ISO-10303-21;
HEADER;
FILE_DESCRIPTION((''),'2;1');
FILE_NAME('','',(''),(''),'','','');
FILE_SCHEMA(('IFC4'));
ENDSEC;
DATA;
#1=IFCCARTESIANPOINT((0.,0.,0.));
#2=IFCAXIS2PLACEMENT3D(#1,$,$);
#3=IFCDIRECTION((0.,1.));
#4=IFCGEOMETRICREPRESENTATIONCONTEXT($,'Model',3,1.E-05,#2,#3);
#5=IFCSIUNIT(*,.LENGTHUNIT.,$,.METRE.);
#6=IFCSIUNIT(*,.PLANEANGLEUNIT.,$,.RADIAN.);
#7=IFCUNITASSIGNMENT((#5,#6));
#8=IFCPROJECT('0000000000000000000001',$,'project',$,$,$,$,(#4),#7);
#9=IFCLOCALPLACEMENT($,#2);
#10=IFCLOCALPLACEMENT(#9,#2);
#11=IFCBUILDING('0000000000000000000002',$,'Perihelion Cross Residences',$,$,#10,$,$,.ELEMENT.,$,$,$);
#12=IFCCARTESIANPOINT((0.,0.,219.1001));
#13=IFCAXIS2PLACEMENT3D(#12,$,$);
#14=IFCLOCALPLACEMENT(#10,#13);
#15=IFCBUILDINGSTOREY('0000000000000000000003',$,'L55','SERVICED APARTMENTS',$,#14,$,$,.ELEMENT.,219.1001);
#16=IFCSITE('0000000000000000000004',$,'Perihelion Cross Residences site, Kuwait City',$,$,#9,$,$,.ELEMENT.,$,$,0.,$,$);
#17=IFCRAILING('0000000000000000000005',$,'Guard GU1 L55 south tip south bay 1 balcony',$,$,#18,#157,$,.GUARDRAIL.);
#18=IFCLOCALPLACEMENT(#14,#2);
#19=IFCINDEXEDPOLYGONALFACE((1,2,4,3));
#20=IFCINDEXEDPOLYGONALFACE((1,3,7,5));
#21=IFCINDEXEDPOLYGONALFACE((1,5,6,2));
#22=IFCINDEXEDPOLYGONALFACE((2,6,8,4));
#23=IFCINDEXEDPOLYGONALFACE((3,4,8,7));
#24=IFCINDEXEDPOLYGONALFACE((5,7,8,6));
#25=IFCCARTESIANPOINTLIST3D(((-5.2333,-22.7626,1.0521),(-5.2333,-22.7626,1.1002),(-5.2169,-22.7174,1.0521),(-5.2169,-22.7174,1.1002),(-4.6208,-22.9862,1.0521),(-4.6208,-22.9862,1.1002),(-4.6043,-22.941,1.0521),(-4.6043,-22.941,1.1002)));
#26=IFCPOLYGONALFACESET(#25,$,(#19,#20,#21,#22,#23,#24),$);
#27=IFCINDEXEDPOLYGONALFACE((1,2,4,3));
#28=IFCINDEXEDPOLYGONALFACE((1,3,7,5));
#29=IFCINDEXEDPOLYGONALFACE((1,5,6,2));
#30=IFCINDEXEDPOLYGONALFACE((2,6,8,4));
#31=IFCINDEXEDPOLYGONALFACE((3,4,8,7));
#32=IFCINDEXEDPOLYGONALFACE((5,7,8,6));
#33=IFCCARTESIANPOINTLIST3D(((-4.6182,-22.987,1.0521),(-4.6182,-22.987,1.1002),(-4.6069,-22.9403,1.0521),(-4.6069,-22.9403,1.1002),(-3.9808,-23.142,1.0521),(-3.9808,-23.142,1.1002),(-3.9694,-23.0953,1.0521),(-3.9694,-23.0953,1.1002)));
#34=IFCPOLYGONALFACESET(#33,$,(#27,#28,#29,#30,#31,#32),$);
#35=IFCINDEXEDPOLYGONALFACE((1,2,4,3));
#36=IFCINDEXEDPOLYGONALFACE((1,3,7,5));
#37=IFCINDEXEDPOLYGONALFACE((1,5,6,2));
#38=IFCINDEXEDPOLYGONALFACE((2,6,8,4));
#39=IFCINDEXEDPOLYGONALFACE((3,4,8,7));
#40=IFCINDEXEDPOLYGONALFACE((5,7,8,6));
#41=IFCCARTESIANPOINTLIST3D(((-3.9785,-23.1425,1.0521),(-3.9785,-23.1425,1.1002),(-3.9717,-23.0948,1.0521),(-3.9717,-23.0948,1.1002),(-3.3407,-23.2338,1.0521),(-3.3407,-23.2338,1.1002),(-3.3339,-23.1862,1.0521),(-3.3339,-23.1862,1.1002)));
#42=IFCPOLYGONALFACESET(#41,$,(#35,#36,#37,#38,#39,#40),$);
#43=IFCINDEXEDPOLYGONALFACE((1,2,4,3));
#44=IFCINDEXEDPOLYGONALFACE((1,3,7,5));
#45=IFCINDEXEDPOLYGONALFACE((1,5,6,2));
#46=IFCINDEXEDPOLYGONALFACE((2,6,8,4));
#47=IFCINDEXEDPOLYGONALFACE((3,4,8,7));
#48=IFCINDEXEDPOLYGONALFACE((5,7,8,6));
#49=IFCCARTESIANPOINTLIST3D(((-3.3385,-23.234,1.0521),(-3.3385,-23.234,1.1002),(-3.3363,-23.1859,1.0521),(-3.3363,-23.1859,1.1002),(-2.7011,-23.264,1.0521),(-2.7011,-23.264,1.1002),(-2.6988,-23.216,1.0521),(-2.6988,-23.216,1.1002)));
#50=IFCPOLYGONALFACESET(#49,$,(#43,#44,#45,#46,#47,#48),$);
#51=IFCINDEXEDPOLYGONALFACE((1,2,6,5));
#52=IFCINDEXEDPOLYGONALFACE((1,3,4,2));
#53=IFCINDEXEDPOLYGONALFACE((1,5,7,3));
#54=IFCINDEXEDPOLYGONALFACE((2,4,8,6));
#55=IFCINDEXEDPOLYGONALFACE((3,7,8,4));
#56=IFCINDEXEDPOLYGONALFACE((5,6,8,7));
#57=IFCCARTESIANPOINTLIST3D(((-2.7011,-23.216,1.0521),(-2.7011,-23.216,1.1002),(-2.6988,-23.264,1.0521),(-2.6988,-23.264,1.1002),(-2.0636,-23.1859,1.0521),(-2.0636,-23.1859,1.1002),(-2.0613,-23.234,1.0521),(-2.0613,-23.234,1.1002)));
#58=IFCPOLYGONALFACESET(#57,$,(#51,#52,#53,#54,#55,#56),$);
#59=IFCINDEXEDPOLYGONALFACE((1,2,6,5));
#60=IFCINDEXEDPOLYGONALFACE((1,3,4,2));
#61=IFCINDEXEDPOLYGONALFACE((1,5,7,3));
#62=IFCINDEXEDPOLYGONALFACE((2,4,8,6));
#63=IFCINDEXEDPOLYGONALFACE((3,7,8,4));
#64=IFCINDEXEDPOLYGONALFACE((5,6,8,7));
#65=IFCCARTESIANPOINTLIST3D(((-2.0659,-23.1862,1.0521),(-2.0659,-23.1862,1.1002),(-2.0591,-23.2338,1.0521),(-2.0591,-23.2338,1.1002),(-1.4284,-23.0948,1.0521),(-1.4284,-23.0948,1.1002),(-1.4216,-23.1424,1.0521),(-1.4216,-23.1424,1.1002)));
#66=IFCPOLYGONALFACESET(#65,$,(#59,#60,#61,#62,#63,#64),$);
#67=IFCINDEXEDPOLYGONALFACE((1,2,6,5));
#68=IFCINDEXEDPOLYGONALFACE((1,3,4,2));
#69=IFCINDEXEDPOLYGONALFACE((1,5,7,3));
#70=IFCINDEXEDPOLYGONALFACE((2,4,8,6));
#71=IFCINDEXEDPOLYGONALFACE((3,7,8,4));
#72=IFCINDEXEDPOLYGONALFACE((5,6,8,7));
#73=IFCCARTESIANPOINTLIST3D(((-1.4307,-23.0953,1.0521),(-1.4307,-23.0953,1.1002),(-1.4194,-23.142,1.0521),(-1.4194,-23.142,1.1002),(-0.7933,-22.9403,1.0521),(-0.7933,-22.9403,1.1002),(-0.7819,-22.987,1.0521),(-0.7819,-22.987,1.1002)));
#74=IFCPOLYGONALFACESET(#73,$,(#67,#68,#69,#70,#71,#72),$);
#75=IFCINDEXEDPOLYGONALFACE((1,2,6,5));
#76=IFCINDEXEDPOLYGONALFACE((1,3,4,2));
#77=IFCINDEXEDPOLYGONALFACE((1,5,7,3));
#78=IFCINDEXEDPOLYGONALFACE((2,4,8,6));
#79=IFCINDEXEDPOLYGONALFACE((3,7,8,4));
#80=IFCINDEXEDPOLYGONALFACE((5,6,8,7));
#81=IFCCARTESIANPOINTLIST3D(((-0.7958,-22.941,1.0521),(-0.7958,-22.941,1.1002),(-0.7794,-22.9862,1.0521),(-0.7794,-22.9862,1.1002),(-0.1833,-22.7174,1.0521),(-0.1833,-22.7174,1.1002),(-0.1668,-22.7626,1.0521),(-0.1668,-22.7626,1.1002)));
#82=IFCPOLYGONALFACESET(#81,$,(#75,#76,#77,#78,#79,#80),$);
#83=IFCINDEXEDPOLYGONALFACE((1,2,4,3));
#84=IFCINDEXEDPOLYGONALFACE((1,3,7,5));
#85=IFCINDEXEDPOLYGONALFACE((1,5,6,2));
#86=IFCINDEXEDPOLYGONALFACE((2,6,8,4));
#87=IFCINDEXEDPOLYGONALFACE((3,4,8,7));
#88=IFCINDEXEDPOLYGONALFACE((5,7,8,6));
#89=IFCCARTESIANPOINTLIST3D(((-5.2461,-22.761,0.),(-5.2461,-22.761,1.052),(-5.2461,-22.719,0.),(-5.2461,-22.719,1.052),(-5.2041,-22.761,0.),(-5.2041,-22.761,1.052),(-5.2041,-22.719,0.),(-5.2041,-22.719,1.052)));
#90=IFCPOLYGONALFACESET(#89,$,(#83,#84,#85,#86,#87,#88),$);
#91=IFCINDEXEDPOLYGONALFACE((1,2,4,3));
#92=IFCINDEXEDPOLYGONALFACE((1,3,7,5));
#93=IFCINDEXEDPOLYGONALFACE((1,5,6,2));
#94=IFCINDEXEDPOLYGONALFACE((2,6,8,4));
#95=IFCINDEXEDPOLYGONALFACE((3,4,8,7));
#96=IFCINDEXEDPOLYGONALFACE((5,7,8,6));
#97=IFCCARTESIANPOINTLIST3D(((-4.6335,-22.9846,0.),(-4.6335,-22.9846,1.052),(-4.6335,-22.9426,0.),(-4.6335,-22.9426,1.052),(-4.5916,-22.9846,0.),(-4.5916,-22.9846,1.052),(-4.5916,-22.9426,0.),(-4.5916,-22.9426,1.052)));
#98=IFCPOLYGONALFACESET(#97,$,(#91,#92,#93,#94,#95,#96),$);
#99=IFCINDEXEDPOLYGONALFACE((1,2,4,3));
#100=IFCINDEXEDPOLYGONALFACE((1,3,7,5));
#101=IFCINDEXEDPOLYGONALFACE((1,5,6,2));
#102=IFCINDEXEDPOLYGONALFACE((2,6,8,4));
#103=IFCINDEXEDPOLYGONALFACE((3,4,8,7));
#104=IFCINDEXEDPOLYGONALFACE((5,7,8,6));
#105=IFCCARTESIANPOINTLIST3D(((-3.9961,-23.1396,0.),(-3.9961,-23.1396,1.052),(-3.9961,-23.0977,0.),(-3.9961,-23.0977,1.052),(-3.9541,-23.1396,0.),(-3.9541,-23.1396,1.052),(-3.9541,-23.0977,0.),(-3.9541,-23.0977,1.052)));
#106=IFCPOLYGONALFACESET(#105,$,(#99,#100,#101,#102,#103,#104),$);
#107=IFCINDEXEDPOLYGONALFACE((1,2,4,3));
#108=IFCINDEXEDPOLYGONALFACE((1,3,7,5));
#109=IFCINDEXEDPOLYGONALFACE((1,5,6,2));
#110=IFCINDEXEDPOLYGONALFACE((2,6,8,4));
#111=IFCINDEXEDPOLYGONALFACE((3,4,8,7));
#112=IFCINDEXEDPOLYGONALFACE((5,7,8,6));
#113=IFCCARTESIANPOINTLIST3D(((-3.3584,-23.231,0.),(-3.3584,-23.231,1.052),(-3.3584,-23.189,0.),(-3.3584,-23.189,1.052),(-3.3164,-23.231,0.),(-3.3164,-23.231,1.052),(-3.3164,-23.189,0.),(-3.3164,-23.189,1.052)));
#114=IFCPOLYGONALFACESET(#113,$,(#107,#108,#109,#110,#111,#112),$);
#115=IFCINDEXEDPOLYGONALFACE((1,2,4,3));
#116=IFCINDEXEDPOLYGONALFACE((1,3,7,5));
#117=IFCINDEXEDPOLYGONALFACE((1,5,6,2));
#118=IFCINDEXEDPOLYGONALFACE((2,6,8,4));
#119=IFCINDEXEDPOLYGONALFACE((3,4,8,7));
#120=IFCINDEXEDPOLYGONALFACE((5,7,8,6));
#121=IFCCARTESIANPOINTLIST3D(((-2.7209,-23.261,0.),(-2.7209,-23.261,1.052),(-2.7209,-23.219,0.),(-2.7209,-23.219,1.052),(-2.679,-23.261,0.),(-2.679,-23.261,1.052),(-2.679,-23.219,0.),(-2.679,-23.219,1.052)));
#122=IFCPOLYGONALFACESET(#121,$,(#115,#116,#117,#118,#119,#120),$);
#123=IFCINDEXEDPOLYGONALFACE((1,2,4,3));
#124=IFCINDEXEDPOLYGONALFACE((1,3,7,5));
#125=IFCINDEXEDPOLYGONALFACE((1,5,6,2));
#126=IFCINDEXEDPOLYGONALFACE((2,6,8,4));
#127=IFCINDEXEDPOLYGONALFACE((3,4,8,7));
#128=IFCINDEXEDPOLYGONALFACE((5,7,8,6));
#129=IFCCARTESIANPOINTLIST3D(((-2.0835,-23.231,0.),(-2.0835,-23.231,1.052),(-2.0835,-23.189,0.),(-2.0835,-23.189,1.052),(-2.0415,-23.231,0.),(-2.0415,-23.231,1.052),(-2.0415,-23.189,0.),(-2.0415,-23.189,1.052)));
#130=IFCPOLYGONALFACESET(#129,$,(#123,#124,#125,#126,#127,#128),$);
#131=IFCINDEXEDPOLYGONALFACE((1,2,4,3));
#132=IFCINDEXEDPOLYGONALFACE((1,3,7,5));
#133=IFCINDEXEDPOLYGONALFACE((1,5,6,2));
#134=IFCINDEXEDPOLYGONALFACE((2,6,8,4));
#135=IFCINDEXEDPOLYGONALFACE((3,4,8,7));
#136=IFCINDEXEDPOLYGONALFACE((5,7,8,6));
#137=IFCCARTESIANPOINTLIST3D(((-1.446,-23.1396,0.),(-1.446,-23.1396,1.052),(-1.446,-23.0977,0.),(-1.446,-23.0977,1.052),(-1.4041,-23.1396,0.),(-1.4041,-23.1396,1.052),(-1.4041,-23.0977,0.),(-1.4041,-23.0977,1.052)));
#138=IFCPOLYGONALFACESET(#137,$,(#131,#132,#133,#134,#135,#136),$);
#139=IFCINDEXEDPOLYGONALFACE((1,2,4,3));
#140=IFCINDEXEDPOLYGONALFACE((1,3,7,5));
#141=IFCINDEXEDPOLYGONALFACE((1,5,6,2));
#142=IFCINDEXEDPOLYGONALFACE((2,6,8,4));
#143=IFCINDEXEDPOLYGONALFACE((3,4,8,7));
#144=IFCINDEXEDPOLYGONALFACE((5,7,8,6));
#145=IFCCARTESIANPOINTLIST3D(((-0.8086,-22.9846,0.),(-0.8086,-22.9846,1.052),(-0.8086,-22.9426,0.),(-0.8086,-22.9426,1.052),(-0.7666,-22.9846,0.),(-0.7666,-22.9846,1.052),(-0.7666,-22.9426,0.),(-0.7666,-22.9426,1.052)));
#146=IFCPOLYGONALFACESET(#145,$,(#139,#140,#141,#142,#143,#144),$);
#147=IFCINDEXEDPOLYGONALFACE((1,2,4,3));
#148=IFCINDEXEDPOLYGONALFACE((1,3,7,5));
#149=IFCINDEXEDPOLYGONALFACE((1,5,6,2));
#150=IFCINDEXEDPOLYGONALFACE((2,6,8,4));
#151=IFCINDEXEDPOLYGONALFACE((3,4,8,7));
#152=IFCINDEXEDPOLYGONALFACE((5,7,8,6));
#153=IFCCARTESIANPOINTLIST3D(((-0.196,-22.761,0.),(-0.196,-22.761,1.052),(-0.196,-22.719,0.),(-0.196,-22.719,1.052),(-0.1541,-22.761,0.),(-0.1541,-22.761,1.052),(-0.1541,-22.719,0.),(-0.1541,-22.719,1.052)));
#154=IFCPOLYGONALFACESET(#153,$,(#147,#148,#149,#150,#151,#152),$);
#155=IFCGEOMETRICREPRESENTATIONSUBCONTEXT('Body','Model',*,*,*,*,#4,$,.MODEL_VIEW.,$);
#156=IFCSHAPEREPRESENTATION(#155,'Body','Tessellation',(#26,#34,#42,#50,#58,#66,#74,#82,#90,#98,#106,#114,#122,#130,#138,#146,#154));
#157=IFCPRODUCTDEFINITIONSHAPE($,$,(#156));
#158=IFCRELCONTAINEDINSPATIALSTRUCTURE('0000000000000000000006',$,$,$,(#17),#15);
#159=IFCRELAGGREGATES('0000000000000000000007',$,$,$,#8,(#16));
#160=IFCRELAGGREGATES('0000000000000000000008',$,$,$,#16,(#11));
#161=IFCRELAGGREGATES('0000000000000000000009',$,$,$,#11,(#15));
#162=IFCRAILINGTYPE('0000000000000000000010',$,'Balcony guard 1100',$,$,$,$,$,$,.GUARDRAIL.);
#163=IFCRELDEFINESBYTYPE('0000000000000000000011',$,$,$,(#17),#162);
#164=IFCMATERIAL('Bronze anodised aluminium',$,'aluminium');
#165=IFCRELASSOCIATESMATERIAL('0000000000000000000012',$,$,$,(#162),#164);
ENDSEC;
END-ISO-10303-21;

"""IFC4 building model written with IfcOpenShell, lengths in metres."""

from ifc_helpers import new_model, si_unit, direction, frame, origin, origin_2d, place, context, subcontext, project, spatial, rectangle, extrude, material, type_object, element, save


model = new_model("IFC4")

# Units and contexts
model_context = context("Model", 3, precision=1e-05, world=origin(), true_north=direction((0.0, 1.0)))
body_context = subcontext(model_context, "Body", "Model", "MODEL_VIEW")
ifc_project = project(units=[si_unit("LENGTHUNIT", "METRE"), si_unit("PLANEANGLEUNIT", "RADIAN")], contexts=[model_context])

# Site, building, storey
site_placement = place(None, origin())
site = spatial("IfcSite", under=ifc_project, at=site_placement, Name="Perihelion Cross Residences site, Kuwait City", CompositionType="ELEMENT", RefElevation=0.0)
building_placement = place(site_placement, origin())
building = spatial("IfcBuilding", under=site, at=building_placement, Name="Perihelion Cross Residences", CompositionType="ELEMENT")
storey_placement = place(building_placement, frame((0.0, 0.0, 219.1001)))
storey = spatial("IfcBuildingStorey", under=building, at=storey_placement, Name="L55", Description="SERVICED APARTMENTS", CompositionType="ELEMENT", Elevation=219.1001)

# Railing
ifc_material_1 = material(Name="Bronze anodised aluminium", Category="aluminium")
railing_type = type_object("IfcRailingType", Name="Balcony guard 1100", PredefinedType="GUARDRAIL", material=ifc_material_1)
railing_placement = place(storey_placement, frame((-5.2251, -22.74, 0.0)))
element("IfcRailing", 1, at=railing_placement, inside=storey, type_object=railing_type, Name="Guard GU1 L55 south tip south bay 1 balcony", PredefinedType="GUARDRAIL", context=body_context, shape_type="SweptSolid", body=[
    extrude(rectangle(XDim=0.0481, YDim=0.0481, at=origin_2d()), frame((0.0, 0.0, 1.0762), z_axis=(0.939355, -0.342945, 0.0), x_axis=(0.342945, 0.939355, 0.0)), (0.0, 0.0, 1.0), 0.6521),
    extrude(rectangle(XDim=0.0481, YDim=0.0481, at=origin_2d()), frame((0.6125, -0.2236, 1.0762), z_axis=(0.971677, -0.236314, 0.0), x_axis=(0.236314, 0.971677, 0.0)), (0.0, 0.0, 1.0), 0.656),
    extrude(rectangle(XDim=0.0481, YDim=0.0481, at=origin_2d()), frame((1.25, -0.3787, 1.0762), z_axis=(0.989904, -0.14174, 0.0), x_axis=(0.14174, 0.989904, 0.0)), (0.0, 0.0, 1.0), 0.6443),
    extrude(rectangle(XDim=0.0481, YDim=0.0481, at=origin_2d()), frame((1.8877, -0.47, 1.0762), z_axis=(0.998892, -0.047056, 0.0), x_axis=(0.047056, 0.998892, 0.0)), (0.0, 0.0, 1.0), 0.6382),
    extrude(rectangle(XDim=0.0481, YDim=0.0481, at=origin_2d()), frame((2.5251, -0.5, 1.0762), z_axis=(0.998892, 0.047056, 0.0), x_axis=(-0.047056, 0.998892, 0.0)), (0.0, 0.0, 1.0), 0.6382),
    extrude(rectangle(XDim=0.0481, YDim=0.0481, at=origin_2d()), frame((3.1626, -0.47, 1.0762), z_axis=(0.989896, 0.141793, 0.0), x_axis=(-0.141793, 0.989896, 0.0)), (0.0, 0.0, 1.0), 0.644),
    extrude(rectangle(XDim=0.0481, YDim=0.0481, at=origin_2d()), frame((3.8, -0.3787, 1.0762), z_axis=(0.971677, 0.236314, 0.0), x_axis=(-0.236314, 0.971677, 0.0)), (0.0, 0.0, 1.0), 0.656),
    extrude(rectangle(XDim=0.0481, YDim=0.0481, at=origin_2d()), frame((4.4375, -0.2236, 1.0762), z_axis=(0.939355, 0.342945, 0.0), x_axis=(-0.342945, 0.939355, 0.0)), (0.0, 0.0, 1.0), 0.6521),
    extrude(rectangle(XDim=0.042, YDim=0.042, at=origin_2d()), origin(), (0.0, 0.0, 1.0), 1.052),
    extrude(rectangle(XDim=0.042, YDim=0.042, at=origin_2d()), frame((0.6125, -0.2236, 0.0)), (0.0, 0.0, 1.0), 1.052),
    extrude(rectangle(XDim=0.042, YDim=0.042, at=origin_2d()), frame((1.25, -0.3787, 0.0)), (0.0, 0.0, 1.0), 1.052),
    extrude(rectangle(XDim=0.042, YDim=0.042, at=origin_2d()), frame((1.8877, -0.47, 0.0)), (0.0, 0.0, 1.0), 1.052),
    extrude(rectangle(XDim=0.042, YDim=0.042, at=origin_2d()), frame((2.5251, -0.5, 0.0)), (0.0, 0.0, 1.0), 1.052),
    extrude(rectangle(XDim=0.042, YDim=0.042, at=origin_2d()), frame((3.1626, -0.47, 0.0)), (0.0, 0.0, 1.0), 1.052),
    extrude(rectangle(XDim=0.042, YDim=0.042, at=origin_2d()), frame((3.8, -0.3787, 0.0)), (0.0, 0.0, 1.0), 1.052),
    extrude(rectangle(XDim=0.042, YDim=0.042, at=origin_2d()), frame((4.4375, -0.2236, 0.0)), (0.0, 0.0, 1.0), 1.052),
    extrude(rectangle(XDim=0.042, YDim=0.042, at=origin_2d()), frame((5.05, 0.0, 0.0)), (0.0, 0.0, 1.0), 1.052),
])

save(model, "model.ifc")
